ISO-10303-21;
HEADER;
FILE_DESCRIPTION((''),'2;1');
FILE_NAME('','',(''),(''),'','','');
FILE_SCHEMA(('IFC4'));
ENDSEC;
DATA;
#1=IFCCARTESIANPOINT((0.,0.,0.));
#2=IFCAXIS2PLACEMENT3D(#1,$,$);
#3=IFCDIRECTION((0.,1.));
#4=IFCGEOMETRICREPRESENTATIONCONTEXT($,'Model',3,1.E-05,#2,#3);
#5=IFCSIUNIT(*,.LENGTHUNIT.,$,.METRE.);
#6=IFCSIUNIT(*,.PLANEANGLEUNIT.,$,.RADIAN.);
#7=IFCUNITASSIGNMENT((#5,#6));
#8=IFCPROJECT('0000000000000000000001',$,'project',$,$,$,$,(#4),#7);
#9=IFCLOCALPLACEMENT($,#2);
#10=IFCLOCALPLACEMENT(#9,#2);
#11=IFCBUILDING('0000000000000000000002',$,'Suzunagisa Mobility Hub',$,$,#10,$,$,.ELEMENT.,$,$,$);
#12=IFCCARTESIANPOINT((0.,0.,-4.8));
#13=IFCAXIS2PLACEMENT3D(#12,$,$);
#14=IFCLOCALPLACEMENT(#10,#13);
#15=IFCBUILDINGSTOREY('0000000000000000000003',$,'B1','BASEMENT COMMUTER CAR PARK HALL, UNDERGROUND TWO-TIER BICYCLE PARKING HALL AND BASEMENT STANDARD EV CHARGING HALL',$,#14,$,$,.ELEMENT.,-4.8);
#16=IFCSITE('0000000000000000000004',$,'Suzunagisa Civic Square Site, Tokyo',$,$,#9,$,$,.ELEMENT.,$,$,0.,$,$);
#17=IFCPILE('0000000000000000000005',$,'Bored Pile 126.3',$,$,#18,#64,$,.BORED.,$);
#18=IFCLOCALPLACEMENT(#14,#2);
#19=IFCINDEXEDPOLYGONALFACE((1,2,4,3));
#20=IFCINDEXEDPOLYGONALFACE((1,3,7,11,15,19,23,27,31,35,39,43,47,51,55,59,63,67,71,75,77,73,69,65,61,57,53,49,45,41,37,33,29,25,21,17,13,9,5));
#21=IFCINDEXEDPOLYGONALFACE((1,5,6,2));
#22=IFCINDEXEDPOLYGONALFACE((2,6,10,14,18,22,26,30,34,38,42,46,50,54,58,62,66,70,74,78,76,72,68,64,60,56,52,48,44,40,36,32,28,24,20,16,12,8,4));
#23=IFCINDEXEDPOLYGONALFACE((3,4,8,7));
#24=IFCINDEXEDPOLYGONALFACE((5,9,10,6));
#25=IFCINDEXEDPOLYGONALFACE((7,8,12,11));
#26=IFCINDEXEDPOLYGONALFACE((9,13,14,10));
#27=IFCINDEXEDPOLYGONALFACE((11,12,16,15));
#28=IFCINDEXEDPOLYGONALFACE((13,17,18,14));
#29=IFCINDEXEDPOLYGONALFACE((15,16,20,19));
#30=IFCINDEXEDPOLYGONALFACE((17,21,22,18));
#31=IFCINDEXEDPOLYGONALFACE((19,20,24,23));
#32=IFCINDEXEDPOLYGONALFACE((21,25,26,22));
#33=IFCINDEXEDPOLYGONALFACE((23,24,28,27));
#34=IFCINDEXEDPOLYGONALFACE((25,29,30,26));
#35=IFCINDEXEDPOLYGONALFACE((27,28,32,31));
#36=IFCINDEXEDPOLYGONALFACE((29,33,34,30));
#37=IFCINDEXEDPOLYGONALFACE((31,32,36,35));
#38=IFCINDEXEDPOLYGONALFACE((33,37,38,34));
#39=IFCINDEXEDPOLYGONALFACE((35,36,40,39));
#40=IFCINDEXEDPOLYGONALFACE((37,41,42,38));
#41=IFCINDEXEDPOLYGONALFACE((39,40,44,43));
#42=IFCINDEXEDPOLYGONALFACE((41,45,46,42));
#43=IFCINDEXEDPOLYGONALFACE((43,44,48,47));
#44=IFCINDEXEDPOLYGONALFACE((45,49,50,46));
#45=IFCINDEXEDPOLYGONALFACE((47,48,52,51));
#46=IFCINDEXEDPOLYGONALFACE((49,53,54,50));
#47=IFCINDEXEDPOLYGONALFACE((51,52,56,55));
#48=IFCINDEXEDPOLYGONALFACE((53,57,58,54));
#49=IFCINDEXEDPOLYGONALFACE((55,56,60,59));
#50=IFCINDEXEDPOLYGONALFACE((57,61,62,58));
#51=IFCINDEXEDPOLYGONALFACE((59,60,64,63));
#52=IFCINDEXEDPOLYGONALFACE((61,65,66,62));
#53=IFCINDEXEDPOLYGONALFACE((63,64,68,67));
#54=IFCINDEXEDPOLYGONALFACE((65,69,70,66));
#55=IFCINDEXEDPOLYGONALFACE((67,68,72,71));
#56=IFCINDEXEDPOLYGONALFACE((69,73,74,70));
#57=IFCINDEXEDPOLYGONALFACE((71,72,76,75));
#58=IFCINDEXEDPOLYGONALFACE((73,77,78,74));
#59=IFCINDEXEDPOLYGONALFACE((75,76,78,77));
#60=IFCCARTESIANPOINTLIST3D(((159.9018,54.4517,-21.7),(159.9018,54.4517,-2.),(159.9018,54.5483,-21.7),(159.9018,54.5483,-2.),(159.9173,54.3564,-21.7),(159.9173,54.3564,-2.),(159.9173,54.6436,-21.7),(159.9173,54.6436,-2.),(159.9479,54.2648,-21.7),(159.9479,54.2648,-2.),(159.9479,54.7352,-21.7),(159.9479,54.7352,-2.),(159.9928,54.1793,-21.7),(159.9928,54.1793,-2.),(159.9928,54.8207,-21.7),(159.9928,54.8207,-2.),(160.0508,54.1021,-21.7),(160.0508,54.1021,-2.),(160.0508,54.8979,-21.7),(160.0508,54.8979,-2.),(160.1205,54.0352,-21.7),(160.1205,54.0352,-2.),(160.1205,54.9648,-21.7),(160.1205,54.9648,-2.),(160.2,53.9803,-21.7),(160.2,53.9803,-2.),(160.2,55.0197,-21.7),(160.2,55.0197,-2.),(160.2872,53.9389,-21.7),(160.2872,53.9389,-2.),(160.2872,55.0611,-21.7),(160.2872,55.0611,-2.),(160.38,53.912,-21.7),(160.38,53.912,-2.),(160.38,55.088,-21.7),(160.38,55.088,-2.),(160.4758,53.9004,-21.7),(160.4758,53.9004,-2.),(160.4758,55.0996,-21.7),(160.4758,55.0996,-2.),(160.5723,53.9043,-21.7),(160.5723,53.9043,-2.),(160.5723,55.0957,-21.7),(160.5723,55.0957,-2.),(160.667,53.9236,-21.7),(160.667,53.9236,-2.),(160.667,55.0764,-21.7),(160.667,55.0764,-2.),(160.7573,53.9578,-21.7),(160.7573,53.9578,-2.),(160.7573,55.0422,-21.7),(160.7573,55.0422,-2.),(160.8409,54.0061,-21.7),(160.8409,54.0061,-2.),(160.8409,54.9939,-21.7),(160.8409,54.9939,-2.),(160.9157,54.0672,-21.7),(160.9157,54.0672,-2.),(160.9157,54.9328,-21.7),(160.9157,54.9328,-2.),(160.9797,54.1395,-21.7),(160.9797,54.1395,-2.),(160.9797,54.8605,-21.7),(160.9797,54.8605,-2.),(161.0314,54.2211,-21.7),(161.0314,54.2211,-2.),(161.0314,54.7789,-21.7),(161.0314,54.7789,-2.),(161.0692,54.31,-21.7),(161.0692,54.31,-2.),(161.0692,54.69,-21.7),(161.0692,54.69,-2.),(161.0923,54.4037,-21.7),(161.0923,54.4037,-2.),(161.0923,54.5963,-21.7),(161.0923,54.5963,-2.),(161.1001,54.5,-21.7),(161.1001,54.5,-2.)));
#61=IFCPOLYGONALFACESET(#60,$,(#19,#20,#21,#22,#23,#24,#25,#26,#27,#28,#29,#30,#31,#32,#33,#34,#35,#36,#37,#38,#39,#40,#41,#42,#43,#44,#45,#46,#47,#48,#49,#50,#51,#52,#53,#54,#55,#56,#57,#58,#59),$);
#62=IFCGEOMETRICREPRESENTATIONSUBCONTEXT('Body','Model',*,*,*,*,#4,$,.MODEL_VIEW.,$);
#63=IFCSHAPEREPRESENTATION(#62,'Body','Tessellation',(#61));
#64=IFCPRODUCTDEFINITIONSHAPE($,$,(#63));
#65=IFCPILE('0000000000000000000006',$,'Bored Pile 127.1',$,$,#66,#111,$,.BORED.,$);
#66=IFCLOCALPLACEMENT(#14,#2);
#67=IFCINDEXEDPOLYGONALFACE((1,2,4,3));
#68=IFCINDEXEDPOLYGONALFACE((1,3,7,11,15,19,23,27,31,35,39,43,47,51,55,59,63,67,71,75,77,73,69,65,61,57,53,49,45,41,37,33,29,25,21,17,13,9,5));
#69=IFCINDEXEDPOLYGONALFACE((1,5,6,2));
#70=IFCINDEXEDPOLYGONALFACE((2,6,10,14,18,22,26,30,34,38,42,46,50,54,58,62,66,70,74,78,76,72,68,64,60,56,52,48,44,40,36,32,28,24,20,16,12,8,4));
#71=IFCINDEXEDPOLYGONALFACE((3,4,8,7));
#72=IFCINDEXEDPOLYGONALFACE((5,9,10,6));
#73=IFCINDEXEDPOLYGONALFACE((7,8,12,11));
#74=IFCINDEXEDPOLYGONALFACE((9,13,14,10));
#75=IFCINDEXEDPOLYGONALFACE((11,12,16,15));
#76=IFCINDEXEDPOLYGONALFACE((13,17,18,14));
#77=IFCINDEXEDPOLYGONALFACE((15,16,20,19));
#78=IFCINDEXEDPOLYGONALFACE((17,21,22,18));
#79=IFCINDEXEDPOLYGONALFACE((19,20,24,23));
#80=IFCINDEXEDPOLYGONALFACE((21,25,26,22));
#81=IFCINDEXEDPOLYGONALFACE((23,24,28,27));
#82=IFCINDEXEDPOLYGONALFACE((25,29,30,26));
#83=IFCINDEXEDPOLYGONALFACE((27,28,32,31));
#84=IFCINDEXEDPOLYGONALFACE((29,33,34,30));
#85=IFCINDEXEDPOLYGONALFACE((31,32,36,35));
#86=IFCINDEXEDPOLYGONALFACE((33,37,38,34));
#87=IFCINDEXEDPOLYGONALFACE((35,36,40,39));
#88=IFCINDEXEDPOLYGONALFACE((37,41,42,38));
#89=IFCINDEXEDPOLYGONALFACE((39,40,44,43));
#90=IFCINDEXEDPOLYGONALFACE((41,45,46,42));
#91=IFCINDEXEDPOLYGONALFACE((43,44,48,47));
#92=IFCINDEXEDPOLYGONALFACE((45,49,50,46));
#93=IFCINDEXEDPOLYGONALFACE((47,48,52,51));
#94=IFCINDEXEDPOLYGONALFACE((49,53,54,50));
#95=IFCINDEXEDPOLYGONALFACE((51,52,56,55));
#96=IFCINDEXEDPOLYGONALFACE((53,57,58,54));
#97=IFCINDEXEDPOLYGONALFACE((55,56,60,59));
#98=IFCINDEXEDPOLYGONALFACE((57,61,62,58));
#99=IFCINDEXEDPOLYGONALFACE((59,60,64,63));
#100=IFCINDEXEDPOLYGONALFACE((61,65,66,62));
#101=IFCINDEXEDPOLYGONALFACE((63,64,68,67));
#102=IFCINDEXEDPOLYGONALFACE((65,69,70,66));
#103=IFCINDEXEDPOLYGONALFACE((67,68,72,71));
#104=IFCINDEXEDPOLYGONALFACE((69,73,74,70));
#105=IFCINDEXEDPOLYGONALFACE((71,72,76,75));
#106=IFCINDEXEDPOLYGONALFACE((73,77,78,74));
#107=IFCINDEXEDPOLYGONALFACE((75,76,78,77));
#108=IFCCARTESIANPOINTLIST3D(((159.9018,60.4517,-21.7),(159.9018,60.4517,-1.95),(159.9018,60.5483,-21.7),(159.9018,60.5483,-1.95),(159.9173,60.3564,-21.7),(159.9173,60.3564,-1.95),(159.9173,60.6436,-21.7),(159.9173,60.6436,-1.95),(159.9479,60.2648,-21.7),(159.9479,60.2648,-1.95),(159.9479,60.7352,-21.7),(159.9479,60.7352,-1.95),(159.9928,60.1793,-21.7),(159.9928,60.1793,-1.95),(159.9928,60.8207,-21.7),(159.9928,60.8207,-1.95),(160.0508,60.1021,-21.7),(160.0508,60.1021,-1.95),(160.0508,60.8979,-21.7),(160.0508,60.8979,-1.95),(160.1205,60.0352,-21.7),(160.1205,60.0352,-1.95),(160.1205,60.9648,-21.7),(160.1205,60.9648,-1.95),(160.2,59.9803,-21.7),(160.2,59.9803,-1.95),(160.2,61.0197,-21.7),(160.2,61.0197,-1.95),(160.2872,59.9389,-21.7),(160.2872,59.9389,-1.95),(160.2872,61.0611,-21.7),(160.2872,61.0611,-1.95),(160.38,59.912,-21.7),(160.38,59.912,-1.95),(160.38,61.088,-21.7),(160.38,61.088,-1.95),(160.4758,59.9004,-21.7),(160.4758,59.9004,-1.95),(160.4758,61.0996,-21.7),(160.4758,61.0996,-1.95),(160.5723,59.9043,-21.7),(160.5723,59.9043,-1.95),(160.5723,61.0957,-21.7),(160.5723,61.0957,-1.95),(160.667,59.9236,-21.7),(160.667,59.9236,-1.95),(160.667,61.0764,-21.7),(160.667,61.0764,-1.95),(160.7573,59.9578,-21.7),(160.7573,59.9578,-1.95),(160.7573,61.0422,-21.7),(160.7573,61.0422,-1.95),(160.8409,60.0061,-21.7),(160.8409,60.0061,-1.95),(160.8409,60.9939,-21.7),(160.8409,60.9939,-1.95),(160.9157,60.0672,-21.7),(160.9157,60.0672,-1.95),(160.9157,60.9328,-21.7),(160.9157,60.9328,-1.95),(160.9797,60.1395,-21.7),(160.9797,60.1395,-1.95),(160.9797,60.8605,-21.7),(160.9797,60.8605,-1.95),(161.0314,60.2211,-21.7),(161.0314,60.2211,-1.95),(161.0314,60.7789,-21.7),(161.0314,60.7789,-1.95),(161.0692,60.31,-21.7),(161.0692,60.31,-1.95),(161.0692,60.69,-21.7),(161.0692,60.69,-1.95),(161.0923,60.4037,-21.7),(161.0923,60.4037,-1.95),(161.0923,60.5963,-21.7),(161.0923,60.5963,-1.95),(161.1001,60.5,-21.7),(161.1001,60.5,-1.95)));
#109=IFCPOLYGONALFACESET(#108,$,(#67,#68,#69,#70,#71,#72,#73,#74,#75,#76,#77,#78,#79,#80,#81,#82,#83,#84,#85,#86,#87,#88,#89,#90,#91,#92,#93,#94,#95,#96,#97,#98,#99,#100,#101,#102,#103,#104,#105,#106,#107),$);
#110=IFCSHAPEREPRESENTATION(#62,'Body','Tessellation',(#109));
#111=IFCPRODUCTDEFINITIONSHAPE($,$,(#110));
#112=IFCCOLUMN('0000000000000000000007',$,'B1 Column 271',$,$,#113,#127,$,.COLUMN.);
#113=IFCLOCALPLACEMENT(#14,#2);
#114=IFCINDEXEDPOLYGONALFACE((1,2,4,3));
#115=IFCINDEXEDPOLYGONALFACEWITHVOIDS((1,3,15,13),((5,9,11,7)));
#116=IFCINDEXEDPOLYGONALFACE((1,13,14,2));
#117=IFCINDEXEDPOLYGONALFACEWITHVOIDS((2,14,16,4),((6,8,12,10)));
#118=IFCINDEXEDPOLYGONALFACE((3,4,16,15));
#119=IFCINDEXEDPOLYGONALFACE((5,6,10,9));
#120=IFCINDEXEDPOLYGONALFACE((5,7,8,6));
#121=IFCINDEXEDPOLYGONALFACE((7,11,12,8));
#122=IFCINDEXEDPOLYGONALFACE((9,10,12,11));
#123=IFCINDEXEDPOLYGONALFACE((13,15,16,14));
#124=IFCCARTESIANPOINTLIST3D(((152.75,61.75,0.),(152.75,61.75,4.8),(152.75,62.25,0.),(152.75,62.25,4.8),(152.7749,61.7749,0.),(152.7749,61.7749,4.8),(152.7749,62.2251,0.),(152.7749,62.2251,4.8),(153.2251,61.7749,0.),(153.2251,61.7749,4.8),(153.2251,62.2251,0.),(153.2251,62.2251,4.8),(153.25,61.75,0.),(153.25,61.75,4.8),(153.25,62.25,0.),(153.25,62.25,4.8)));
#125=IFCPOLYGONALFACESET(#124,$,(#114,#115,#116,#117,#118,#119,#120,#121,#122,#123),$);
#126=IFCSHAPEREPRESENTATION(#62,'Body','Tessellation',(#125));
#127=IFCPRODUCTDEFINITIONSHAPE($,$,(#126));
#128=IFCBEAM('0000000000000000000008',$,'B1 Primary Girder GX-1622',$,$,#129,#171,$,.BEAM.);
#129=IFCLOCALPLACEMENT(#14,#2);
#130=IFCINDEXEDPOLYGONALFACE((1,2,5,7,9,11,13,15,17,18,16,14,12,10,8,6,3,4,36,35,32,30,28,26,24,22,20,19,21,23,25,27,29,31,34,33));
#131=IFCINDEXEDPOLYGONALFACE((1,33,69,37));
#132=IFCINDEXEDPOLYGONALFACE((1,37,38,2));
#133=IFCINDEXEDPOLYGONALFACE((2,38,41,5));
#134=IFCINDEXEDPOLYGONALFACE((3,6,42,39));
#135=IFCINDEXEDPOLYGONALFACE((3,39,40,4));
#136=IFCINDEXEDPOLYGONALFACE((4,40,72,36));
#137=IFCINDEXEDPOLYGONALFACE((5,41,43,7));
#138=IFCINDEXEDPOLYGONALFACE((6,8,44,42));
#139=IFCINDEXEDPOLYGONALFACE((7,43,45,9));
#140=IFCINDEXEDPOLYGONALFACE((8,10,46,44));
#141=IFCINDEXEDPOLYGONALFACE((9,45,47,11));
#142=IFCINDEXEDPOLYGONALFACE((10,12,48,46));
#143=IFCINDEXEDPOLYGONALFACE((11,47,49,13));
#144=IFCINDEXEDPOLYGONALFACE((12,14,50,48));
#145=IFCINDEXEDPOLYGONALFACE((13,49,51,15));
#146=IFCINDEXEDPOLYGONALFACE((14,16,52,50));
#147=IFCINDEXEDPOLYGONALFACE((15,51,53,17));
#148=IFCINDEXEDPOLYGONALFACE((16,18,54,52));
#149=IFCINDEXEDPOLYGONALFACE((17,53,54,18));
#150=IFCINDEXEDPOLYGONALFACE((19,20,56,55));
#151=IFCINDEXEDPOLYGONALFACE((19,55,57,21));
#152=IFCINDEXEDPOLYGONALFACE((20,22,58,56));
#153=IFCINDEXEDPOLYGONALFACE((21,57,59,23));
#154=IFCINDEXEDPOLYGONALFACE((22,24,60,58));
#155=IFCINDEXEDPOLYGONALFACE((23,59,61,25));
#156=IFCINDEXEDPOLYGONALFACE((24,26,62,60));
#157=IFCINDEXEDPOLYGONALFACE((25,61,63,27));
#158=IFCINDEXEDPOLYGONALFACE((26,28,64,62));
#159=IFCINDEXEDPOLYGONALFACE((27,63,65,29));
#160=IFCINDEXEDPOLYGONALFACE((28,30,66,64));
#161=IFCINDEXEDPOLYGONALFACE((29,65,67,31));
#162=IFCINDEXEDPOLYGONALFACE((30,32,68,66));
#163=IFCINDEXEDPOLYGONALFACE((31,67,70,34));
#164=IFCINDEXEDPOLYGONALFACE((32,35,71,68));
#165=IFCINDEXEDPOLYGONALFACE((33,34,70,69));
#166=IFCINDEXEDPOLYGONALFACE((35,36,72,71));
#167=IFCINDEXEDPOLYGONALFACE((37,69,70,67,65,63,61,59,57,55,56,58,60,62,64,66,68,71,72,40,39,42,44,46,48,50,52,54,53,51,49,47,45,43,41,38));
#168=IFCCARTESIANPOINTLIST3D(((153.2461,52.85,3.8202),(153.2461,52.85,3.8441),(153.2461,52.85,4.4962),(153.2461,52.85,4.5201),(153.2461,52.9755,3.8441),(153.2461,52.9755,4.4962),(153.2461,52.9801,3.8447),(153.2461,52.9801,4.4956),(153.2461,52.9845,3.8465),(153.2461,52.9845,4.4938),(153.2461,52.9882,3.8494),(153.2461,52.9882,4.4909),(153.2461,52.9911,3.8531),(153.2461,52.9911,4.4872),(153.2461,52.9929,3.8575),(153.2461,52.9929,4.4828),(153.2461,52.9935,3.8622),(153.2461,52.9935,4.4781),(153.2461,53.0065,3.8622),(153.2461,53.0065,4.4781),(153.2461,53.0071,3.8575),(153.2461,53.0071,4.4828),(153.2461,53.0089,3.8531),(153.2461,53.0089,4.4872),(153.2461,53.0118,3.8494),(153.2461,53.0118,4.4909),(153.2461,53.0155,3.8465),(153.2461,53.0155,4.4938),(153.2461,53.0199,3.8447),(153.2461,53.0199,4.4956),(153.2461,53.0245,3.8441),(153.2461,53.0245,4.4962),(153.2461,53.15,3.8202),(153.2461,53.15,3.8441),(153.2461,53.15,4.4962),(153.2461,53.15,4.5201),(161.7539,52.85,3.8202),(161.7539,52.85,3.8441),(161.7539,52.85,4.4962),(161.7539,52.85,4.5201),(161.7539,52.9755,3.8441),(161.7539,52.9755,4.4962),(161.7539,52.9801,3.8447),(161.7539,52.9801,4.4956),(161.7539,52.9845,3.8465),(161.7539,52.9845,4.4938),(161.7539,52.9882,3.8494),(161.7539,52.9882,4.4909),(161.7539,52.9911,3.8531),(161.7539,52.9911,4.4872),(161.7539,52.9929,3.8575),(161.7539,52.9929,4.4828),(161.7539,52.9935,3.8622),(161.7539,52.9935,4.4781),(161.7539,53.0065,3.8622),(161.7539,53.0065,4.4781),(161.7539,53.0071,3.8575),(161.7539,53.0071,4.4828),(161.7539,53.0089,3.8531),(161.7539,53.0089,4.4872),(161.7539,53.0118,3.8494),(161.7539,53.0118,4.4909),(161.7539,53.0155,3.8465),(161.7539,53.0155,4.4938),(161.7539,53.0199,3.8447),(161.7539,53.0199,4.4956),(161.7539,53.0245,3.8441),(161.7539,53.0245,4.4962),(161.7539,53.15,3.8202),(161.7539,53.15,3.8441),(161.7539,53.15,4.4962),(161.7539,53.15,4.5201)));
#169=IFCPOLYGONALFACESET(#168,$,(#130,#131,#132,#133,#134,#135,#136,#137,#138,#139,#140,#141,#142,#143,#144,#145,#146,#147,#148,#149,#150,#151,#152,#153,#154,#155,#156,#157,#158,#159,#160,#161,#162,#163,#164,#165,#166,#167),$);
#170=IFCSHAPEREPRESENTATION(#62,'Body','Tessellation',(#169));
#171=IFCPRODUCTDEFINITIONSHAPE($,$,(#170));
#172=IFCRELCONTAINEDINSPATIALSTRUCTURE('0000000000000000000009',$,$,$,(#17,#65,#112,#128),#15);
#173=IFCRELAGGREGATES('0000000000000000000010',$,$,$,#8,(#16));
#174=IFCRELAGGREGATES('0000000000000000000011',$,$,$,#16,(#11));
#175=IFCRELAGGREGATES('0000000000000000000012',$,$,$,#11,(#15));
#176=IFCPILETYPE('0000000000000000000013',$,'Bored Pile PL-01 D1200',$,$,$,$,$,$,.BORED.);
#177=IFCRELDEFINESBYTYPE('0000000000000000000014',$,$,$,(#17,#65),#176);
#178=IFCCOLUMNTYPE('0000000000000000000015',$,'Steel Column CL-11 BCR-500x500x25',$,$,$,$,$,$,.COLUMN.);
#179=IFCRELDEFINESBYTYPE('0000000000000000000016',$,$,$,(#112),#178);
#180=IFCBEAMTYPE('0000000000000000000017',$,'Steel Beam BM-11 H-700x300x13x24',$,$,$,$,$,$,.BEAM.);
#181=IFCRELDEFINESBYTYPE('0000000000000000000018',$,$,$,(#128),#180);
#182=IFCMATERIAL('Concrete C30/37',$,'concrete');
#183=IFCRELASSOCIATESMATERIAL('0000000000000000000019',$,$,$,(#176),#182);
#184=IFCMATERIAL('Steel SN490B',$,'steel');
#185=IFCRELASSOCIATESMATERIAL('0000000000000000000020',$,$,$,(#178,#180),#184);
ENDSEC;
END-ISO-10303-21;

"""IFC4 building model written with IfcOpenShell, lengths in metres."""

from ifc_helpers import new_model, si_unit, direction, frame, origin, origin_2d, place, context, subcontext, project, spatial, hollow_rectangle, circle, i_section, extrude, material, material_profile, profile_set, type_object, element, save


model = new_model("IFC4")

# Units and contexts
model_context = context("Model", 3, precision=1e-05, world=origin(), true_north=direction((0.0, 1.0)))
body_context = subcontext(model_context, "Body", "Model", "MODEL_VIEW")
ifc_project = project(units=[si_unit("LENGTHUNIT", "METRE"), si_unit("PLANEANGLEUNIT", "RADIAN")], contexts=[model_context])

# Site, building, storey
site_placement = place(None, origin())
site = spatial("IfcSite", under=ifc_project, at=site_placement, Name="Suzunagisa Civic Square Site, Tokyo", CompositionType="ELEMENT", RefElevation=0.0)
building_placement = place(site_placement, origin())
building = spatial("IfcBuilding", under=site, at=building_placement, Name="Suzunagisa Mobility Hub", CompositionType="ELEMENT")
storey_placement = place(building_placement, frame((0.0, 0.0, -4.8)))
storey = spatial("IfcBuildingStorey", under=building, at=storey_placement, Name="B1", Description="BASEMENT COMMUTER CAR PARK HALL, UNDERGROUND TWO-TIER BICYCLE PARKING HALL AND BASEMENT STANDARD EV CHARGING HALL", CompositionType="ELEMENT", Elevation=-4.8)

# Piles
ifc_material_1 = material(Name="Concrete C30/37", Category="concrete")
ifc_material_profile_1 = material_profile(ifc_material_1, circle(Radius=0.6001, at=origin_2d()), Name="BORED PILE D1200")
ifc_profile_set_1 = profile_set([ifc_material_profile_1], Name="Concrete C30/37")
pile_type = type_object("IfcPileType", Name="Bored Pile PL-01 D1200", PredefinedType="BORED", material=ifc_profile_set_1)
for number, where, z_axis, x_axis, name in (
    (1, (160.5, 54.5, -2.0), (0.0, 0.0, -1.0), (1.0, 0.0, 0.0), "Bored Pile 126.3"),
):
    element("IfcPile", number, at=place(storey_placement, frame(where, z_axis=z_axis, x_axis=x_axis)), inside=storey, type_object=pile_type, Name=name, PredefinedType="BORED", context=body_context, shape_type="SweptSolid", body=[
        extrude(circle(Radius=0.6001, at=origin_2d()), origin(), (0.0, 0.0, 1.0), 19.7),
    ])
pile_placement = place(storey_placement, frame((160.5, 60.5, -1.95), z_axis=(0.0, 0.0, -1.0), x_axis=(1.0, 0.0, 0.0)))
element("IfcPile", 2, at=pile_placement, inside=storey, type_object=pile_type, Name="Bored Pile 127.1", PredefinedType="BORED", context=body_context, shape_type="SweptSolid", body=[
    extrude(circle(Radius=0.6001, at=origin_2d()), origin(), (0.0, 0.0, 1.0), 19.75),
])

# Column
ifc_material_2 = material(Name="Steel SN490B", Category="steel")
ifc_material_profile_2 = material_profile(ifc_material_2, hollow_rectangle(XDim=0.5, YDim=0.5, WallThickness=0.0249, at=origin_2d()), Name="BCR-500x500x25")
ifc_profile_set_2 = profile_set([ifc_material_profile_2], Name="Steel SN490B")
column_type = type_object("IfcColumnType", Name="Steel Column CL-11 BCR-500x500x25", PredefinedType="COLUMN", material=ifc_profile_set_2)
column_placement = place(storey_placement, frame((153.0, 62.0, 0.0), z_axis=(0.0, 0.0, 1.0), x_axis=(1.0, 0.0, 0.0)))
element("IfcColumn", 3, at=column_placement, inside=storey, type_object=column_type, Name="B1 Column 271", PredefinedType="COLUMN", context=body_context, shape_type="SweptSolid", body=[
    extrude(hollow_rectangle(XDim=0.5, YDim=0.5, WallThickness=0.0249, at=origin_2d()), origin(), (0.0, 0.0, 1.0), 4.8),
])

# Beam
ifc_material_profile_3 = material_profile(ifc_material_2, i_section(OverallWidth=0.3, OverallDepth=0.7, WebThickness=0.0129, FlangeThickness=0.0239, FilletRadius=0.0181, at=origin_2d()), Name="H-700x300x13x24")
ifc_profile_set_3 = profile_set([ifc_material_profile_3], Name="Steel SN490B")
beam_type_1 = type_object("IfcBeamType", Name="Steel Beam BM-11 H-700x300x13x24", PredefinedType="BEAM", material=ifc_profile_set_3)
for number, where, z_axis, x_axis, name in (
    (4, (153.2461, 53.0, 4.1702), (1.0, 0.0, 0.0), (0.0, 1.0, 0.0), "B1 Primary Girder GX-1622"),
):
    element("IfcBeam", number, at=place(storey_placement, frame(where, z_axis=z_axis, x_axis=x_axis)), inside=storey, type_object=beam_type_1, Name=name, PredefinedType="BEAM", context=body_context, shape_type="SweptSolid", body=[
        extrude(i_section(OverallWidth=0.3, OverallDepth=0.7, WebThickness=0.0129, FlangeThickness=0.0239, FilletRadius=0.0181, at=origin_2d()), origin(), (0.0, 0.0, 1.0), 8.5078),
    ])

save(model, "model.ifc")
